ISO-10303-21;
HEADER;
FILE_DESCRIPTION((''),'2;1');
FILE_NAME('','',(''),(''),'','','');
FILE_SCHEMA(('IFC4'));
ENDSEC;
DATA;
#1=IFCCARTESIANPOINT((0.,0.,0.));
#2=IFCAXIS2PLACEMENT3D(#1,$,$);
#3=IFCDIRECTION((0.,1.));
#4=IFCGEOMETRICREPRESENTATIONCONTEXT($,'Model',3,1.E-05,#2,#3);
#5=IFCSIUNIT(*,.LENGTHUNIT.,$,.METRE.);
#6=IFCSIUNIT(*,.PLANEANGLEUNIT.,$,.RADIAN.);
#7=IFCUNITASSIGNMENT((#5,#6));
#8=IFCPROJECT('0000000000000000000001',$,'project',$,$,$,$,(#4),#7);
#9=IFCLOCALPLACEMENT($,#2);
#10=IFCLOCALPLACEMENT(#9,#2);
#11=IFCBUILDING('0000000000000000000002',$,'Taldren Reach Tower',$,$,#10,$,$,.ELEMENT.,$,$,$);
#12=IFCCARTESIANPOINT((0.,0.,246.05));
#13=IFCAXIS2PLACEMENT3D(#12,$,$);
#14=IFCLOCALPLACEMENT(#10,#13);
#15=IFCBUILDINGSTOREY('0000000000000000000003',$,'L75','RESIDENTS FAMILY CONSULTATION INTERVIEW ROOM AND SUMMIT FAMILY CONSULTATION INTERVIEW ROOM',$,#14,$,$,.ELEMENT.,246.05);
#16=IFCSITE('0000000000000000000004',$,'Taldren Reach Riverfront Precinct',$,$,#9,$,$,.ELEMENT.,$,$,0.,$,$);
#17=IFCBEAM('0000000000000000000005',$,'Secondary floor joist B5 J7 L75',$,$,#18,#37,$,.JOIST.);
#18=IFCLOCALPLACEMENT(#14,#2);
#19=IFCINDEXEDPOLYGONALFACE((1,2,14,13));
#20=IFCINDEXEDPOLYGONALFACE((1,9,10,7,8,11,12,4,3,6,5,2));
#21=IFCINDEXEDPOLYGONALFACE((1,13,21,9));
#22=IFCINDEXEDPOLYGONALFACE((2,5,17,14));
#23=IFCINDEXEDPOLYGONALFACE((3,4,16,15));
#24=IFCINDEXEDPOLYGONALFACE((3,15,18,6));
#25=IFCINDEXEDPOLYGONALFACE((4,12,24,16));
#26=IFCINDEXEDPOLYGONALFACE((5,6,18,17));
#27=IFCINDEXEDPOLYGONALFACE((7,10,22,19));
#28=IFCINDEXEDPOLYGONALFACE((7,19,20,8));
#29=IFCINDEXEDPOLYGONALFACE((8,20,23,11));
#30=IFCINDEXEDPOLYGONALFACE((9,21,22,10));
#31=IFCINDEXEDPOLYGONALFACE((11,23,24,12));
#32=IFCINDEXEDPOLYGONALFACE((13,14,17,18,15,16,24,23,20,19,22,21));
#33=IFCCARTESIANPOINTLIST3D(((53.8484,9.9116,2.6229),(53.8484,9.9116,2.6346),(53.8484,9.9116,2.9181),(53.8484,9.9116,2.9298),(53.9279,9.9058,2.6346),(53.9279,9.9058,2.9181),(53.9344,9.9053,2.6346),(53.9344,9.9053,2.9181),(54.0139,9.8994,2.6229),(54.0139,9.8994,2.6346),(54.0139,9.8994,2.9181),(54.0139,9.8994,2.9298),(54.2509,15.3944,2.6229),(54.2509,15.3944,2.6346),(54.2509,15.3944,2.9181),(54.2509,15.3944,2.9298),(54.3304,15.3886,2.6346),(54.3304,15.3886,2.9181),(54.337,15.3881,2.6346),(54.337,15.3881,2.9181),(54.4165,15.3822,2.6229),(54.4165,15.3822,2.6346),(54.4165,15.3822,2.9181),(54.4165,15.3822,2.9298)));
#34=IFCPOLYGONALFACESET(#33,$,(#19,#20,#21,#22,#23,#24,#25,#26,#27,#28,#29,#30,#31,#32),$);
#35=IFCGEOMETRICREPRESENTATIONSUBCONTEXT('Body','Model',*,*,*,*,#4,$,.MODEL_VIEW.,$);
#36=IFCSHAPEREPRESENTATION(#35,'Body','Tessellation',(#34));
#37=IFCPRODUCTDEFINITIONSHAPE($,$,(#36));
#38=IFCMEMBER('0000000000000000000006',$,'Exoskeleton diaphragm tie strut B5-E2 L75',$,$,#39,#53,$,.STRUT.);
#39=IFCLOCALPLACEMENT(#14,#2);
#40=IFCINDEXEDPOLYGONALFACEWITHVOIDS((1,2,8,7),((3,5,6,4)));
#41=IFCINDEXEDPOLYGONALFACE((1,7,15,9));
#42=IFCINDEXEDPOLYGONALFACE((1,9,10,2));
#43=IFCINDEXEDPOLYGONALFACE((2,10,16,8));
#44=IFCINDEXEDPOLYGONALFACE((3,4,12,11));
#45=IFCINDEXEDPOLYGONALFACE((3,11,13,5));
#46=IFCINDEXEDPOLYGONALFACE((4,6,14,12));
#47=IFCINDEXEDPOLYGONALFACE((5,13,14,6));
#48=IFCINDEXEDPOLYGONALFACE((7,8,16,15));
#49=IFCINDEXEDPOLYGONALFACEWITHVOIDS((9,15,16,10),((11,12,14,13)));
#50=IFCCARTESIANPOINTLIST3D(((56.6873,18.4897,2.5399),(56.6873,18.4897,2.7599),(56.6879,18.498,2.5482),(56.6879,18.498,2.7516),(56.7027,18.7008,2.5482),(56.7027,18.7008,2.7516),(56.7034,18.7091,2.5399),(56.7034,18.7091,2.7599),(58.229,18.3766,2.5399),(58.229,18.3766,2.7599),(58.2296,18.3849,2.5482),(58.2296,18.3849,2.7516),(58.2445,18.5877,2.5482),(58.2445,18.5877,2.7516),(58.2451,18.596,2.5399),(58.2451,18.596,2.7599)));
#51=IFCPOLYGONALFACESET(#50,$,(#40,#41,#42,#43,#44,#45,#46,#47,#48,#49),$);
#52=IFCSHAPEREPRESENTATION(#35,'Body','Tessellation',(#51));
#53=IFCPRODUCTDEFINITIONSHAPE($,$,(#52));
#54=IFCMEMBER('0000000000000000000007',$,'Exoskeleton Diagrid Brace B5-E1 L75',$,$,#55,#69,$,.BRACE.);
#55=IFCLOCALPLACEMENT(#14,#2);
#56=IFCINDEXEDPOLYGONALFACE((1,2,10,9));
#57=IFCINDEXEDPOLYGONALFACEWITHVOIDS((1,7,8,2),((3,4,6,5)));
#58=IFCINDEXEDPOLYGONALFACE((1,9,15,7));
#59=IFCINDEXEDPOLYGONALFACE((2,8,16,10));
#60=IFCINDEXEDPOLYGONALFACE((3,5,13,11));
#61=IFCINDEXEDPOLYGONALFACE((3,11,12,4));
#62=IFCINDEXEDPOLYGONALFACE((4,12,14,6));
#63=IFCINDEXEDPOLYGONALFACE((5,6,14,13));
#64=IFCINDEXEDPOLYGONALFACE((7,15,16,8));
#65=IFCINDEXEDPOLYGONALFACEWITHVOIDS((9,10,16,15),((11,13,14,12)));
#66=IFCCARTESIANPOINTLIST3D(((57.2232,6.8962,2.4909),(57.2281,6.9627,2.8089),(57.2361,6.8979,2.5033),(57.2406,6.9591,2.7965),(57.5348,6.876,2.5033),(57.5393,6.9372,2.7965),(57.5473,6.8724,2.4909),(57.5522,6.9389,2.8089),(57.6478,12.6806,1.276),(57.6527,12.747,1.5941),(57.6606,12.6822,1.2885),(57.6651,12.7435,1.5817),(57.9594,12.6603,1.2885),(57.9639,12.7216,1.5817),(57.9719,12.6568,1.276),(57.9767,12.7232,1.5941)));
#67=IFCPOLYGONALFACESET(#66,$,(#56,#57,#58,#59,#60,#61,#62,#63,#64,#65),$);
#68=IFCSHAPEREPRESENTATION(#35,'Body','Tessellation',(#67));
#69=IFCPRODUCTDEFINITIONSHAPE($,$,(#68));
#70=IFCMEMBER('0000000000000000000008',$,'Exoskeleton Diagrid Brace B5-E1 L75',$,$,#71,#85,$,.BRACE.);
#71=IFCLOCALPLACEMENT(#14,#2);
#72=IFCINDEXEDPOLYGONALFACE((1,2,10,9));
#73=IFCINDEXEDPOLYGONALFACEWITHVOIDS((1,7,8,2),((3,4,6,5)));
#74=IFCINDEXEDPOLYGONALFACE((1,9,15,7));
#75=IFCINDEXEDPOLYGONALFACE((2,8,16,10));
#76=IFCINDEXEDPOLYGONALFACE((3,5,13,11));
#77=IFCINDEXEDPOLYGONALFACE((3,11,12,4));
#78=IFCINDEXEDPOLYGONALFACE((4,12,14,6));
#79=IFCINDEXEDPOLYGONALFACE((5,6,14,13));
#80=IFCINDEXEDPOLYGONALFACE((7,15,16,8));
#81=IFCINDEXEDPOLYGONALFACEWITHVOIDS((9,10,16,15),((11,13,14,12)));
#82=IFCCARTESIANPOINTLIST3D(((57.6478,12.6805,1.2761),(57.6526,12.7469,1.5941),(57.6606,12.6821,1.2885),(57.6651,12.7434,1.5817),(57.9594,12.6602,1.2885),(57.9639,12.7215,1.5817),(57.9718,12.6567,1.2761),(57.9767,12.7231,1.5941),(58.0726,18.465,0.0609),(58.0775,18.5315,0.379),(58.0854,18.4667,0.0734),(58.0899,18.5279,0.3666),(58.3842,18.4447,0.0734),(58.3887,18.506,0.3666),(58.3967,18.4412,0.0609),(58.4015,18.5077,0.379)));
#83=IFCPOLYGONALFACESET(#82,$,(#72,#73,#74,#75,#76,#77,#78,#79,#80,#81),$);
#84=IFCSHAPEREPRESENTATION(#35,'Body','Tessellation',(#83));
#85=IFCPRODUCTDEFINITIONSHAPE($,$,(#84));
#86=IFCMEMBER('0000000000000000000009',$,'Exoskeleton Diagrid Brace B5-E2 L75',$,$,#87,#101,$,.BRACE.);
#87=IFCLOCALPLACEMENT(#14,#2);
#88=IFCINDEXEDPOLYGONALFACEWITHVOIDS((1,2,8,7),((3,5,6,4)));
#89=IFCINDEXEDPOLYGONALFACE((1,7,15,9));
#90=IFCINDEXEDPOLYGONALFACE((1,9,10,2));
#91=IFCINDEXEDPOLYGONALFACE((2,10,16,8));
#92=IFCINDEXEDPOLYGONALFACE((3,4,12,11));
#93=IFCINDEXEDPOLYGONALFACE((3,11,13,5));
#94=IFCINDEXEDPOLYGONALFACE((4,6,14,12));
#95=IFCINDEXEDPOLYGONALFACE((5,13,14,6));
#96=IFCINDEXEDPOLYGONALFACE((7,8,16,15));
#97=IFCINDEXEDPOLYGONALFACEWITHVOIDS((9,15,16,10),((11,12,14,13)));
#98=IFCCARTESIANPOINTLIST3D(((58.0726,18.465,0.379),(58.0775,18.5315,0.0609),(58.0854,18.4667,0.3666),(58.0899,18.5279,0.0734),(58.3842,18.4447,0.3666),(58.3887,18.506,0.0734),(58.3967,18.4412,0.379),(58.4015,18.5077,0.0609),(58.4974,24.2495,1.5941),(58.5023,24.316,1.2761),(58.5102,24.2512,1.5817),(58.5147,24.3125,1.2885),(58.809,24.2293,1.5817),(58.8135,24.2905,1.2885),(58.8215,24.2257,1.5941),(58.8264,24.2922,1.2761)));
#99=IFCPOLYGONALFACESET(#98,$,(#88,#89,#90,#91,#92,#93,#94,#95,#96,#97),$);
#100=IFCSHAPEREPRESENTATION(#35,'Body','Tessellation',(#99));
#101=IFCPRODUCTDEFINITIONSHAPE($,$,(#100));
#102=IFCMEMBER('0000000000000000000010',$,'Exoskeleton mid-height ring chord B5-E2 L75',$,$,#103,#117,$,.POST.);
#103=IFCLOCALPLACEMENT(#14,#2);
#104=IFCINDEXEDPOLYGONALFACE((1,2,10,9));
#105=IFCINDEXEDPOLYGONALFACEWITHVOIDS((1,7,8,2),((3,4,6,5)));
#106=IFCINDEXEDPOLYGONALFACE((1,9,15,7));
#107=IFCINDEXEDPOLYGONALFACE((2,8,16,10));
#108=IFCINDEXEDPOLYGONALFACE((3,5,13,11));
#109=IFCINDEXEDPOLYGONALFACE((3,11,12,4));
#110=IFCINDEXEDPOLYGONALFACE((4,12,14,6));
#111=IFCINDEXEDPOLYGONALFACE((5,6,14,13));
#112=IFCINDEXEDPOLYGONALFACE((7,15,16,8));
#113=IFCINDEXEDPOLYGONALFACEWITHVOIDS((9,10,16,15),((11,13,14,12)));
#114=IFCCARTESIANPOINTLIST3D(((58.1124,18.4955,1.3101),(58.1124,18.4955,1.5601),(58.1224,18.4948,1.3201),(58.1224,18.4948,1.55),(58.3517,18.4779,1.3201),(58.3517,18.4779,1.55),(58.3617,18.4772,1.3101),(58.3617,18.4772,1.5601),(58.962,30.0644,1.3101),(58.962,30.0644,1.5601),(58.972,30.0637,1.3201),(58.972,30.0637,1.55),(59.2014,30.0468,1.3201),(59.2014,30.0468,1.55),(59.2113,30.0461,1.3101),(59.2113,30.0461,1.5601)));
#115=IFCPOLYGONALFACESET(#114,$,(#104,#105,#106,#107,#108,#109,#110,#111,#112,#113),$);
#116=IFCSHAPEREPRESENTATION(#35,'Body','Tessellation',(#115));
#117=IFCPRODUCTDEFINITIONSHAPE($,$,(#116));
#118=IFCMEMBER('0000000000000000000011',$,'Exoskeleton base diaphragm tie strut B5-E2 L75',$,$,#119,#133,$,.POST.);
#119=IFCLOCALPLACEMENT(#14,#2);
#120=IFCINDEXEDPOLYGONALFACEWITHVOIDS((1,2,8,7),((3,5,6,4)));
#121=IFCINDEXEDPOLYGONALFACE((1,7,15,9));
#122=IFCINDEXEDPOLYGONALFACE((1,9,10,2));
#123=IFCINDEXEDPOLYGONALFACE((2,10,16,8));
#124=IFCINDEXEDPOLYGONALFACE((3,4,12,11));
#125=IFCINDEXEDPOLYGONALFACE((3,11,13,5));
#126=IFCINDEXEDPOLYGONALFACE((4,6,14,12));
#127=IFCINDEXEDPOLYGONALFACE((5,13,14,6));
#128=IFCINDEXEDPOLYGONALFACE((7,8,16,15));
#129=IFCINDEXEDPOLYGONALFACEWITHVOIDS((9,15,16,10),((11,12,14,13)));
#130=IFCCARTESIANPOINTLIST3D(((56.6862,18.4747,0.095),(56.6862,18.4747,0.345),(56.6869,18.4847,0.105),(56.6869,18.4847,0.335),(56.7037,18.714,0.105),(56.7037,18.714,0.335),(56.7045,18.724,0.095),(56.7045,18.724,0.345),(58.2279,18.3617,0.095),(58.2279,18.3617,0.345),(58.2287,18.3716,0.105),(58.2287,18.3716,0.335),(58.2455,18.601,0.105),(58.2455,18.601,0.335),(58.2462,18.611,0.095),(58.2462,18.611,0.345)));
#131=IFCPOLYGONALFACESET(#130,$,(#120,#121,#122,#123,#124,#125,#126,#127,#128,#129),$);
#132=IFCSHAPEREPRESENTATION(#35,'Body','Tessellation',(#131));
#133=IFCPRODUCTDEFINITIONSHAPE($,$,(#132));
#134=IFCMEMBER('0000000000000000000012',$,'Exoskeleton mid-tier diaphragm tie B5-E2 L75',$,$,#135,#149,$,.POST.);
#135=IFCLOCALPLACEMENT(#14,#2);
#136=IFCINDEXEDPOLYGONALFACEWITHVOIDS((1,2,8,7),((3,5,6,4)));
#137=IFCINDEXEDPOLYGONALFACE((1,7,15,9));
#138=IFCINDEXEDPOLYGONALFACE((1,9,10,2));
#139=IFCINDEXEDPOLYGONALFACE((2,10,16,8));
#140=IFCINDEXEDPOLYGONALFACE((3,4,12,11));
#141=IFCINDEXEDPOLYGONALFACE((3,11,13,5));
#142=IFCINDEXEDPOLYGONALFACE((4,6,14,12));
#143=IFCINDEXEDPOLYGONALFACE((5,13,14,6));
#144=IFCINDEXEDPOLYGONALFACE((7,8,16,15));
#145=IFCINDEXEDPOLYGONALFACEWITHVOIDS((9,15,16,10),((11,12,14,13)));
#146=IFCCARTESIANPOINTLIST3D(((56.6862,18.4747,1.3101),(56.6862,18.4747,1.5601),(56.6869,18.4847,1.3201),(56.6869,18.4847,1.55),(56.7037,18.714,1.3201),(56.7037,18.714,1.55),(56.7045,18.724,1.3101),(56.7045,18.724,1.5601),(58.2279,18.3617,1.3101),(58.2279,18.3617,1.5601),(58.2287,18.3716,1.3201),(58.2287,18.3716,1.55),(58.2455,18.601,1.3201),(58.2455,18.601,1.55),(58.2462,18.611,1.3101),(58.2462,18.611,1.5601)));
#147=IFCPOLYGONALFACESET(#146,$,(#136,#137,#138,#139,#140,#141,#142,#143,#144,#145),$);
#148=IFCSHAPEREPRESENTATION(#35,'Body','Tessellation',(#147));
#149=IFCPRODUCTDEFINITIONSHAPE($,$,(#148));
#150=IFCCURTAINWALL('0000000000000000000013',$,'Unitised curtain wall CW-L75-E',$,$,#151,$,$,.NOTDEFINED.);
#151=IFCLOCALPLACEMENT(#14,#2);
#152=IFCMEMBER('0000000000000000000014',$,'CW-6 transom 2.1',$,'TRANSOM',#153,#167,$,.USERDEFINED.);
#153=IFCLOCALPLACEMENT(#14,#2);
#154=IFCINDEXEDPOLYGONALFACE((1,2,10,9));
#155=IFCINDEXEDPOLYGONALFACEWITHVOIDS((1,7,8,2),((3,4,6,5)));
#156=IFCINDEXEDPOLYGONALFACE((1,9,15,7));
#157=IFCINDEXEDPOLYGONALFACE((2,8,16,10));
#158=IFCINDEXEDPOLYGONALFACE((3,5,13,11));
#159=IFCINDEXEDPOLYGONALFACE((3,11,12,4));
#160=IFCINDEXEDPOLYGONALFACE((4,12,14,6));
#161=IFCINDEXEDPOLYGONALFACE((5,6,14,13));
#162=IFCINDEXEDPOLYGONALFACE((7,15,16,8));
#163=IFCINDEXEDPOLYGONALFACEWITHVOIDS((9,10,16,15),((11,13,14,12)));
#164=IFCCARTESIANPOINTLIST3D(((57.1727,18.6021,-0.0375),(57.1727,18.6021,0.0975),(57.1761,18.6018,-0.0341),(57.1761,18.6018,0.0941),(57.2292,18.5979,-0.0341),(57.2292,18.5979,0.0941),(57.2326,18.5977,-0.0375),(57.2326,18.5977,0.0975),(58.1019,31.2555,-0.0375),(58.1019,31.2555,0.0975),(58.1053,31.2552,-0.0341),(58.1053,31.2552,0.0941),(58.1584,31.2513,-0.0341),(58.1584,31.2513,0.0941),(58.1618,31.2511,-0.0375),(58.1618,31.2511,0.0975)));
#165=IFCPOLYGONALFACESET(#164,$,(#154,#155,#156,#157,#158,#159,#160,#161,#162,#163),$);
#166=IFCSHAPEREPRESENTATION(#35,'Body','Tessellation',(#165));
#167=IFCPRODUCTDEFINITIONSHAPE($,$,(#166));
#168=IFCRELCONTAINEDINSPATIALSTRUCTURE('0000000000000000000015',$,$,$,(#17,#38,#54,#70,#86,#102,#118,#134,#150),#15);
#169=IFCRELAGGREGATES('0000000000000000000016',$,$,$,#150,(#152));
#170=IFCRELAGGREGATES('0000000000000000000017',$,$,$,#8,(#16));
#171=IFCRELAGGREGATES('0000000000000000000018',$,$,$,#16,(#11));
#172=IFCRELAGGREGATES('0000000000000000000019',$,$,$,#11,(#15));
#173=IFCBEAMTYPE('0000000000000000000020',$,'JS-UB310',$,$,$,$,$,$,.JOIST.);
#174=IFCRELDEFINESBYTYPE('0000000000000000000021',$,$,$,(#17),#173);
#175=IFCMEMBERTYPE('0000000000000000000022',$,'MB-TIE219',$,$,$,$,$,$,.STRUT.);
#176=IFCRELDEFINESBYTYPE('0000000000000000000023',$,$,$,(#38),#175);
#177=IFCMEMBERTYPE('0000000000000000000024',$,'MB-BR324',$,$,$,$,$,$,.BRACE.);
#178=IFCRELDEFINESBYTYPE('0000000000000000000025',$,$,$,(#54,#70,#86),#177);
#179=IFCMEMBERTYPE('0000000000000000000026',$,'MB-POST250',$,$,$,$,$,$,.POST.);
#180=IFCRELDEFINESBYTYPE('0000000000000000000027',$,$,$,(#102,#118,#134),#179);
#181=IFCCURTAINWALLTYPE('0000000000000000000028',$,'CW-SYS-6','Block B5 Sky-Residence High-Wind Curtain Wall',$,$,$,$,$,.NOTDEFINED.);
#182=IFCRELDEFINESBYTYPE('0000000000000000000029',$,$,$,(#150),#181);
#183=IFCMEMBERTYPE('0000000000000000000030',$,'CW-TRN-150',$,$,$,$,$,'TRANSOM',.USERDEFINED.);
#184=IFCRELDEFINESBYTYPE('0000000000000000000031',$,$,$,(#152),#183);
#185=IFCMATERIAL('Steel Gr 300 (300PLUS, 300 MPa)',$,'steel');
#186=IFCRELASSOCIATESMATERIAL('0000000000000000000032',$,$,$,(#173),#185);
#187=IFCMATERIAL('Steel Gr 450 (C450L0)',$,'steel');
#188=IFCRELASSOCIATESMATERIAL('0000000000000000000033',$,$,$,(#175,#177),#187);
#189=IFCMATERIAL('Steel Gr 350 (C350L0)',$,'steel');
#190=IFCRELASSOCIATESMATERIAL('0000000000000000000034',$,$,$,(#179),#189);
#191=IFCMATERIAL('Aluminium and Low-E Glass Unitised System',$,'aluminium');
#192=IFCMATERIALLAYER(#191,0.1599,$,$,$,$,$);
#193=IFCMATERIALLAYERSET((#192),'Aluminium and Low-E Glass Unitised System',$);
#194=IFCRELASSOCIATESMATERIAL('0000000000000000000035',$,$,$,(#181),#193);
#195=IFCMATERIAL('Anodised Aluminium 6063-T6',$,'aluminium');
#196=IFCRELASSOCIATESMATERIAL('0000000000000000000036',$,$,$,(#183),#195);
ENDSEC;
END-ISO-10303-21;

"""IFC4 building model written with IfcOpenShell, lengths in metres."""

from ifc_helpers import new_model, si_unit, direction, frame, origin, origin_2d, place, context, subcontext, project, spatial, hollow_rectangle, i_section, extrude, source, transform, mapped, material, layer, layer_set, material_profile, profile_set, type_object, element, aggregate, save


model = new_model("IFC4")

# Units and contexts
model_context = context("Model", 3, precision=1e-05, world=origin(), true_north=direction((0.0, 1.0)))
body_context = subcontext(model_context, "Body", "Model", "MODEL_VIEW")
ifc_project = project(units=[si_unit("LENGTHUNIT", "METRE"), si_unit("PLANEANGLEUNIT", "RADIAN")], contexts=[model_context])

# Site, building, storey
site_placement = place(None, origin())
site = spatial("IfcSite", under=ifc_project, at=site_placement, Name="Taldren Reach Riverfront Precinct", CompositionType="ELEMENT", RefElevation=0.0)
building_placement = place(site_placement, origin())
building = spatial("IfcBuilding", under=site, at=building_placement, Name="Taldren Reach Tower", CompositionType="ELEMENT")
storey_placement = place(building_placement, frame((0.0, 0.0, 246.05)))
storey = spatial("IfcBuildingStorey", under=building, at=storey_placement, Name="L75", Description="RESIDENTS FAMILY CONSULTATION INTERVIEW ROOM AND SUMMIT FAMILY CONSULTATION INTERVIEW ROOM", CompositionType="ELEMENT", Elevation=246.05)

# Shared definitions
ifc_material_1 = material(Name="Steel Gr 450 (C450L0)", Category="steel")

# Beam
ifc_material_2 = material(Name="Steel Gr 300 (300PLUS, 300 MPa)", Category="steel")
ifc_material_profile_1 = material_profile(ifc_material_2, i_section(OverallWidth=0.166, OverallDepth=0.3069, WebThickness=0.0066, FlangeThickness=0.0117, at=origin_2d()), Name="310UB46.2")
ifc_profile_set_1 = profile_set([ifc_material_profile_1], Name="Steel Gr 300 (300PLUS, 300 MPa)")
beam_type_1 = type_object("IfcBeamType", Name="JS-UB310", PredefinedType="JOIST", material=ifc_profile_set_1)
shared_shape_1 = source(origin(), body_context, "Body", "SweptSolid", [
    extrude(i_section(OverallWidth=0.166, OverallDepth=0.3069, WebThickness=0.0066, FlangeThickness=0.0117, at=origin_2d()), origin(), (0.0, 0.0, 1.0), 5.4976),
])
beam_1_placement = place(storey_placement, frame((53.9312, 9.9055, 2.7764), z_axis=(0.073229, 0.997315, 0.0), x_axis=(-0.997315, 0.073229, 0.0)))
element("IfcBeam", 1, at=beam_1_placement, inside=storey, type_object=beam_type_1, Name="Secondary floor joist B5 J7 L75", PredefinedType="JOIST", context=body_context, shape_type="MappedRepresentation", body=[
    mapped(shared_shape_1, transform((0.0, 0.0, 0.0), scale=1.0)),
])

# Members
ifc_material_profile_2 = material_profile(ifc_material_1, hollow_rectangle(XDim=0.22, YDim=0.22, WallThickness=0.0083, at=origin_2d()), Name="220x220x8.2SHS")
ifc_profile_set_2 = profile_set([ifc_material_profile_2], Name="Steel Gr 450 (C450L0)")
member_type_1 = type_object("IfcMemberType", Name="MB-TIE219", PredefinedType="STRUT", material=ifc_profile_set_2)
shared_shape_2 = source(origin(), body_context, "Body", "SweptSolid", [
    extrude(hollow_rectangle(XDim=0.22, YDim=0.22, WallThickness=0.0083, at=origin_2d()), origin(), (0.0, 0.0, 1.0), 1.5459),
])
member_1_placement = place(storey_placement, frame((56.6953, 18.5994, 2.6499), z_axis=(0.997323, -0.073121, 0.0), x_axis=(0.073121, 0.997323, 0.0)))
element("IfcMember", 2, at=member_1_placement, inside=storey, type_object=member_type_1, Name="Exoskeleton diaphragm tie strut B5-E2 L75", PredefinedType="STRUT", context=body_context, shape_type="MappedRepresentation", body=[
    mapped(shared_shape_2, transform((0.0, 0.0, 0.0), scale=1.0)),
])
ifc_material_profile_3 = material_profile(ifc_material_1, hollow_rectangle(XDim=0.325, YDim=0.325, WallThickness=0.0127, at=origin_2d()), Name="325x325x12.7SHS")
ifc_profile_set_3 = profile_set([ifc_material_profile_3], Name="Steel Gr 450 (C450L0)")
member_type_2 = type_object("IfcMemberType", Name="MB-BR324", PredefinedType="BRACE", material=ifc_profile_set_3)
shared_shape_3 = source(origin(), body_context, "Body", "SweptSolid", [
    extrude(hollow_rectangle(XDim=0.325, YDim=0.325, WallThickness=0.0127, at=origin_2d()), origin(), (0.0, 0.0, 1.0), 5.9258),
])
member_2_placement = place(storey_placement, frame((57.8123, 12.7019, 1.4351), z_axis=(-0.071646, -0.976135, 0.205008), x_axis=(0.997317, -0.0732, 0.0)))
element("IfcMember", 3, at=member_2_placement, inside=storey, type_object=member_type_2, Name="Exoskeleton Diagrid Brace B5-E1 L75", PredefinedType="BRACE", context=body_context, shape_type="MappedRepresentation", body=[
    mapped(shared_shape_3, transform((0.0, 0.0, 0.0), scale=1.0)),
])
shared_shape_4 = source(origin(), body_context, "Body", "SweptSolid", [
    extrude(hollow_rectangle(XDim=0.325, YDim=0.325, WallThickness=0.0127, at=origin_2d()), origin(), (0.0, 0.0, 1.0), 5.926),
])
for number, where, z_axis, x_axis, name in (
    (4, (58.2371, 18.4863, 0.22), (-0.071686, -0.976123, 0.205046), (0.997314, -0.073242, 0.0), "Exoskeleton Diagrid Brace B5-E1 L75"),
    (5, (58.2371, 18.4863, 0.22), (0.071686, 0.976123, 0.205046), (-0.997314, 0.073242, 0.0), "Exoskeleton Diagrid Brace B5-E2 L75"),
):
    element("IfcMember", number, at=place(storey_placement, frame(where, z_axis=z_axis, x_axis=x_axis)), inside=storey, type_object=member_type_2, Name=name, PredefinedType="BRACE", context=body_context, shape_type="MappedRepresentation", body=[
        mapped(shared_shape_4, transform((0.0, 0.0, 0.0), scale=1.0)),
    ])
ifc_material_3 = material(Name="Steel Gr 350 (C350L0)", Category="steel")
ifc_material_profile_4 = material_profile(ifc_material_3, hollow_rectangle(XDim=0.25, YDim=0.25, WallThickness=0.01, at=origin_2d()), Name="250x250x10.0SHS")
ifc_profile_set_4 = profile_set([ifc_material_profile_4], Name="Steel Gr 350 (C350L0)")
member_type_3 = type_object("IfcMemberType", Name="MB-POST250", PredefinedType="POST", material=ifc_profile_set_4)
shared_shape_5 = source(origin(), body_context, "Body", "SweptSolid", [
    extrude(hollow_rectangle(XDim=0.25, YDim=0.25, WallThickness=0.01, at=origin_2d()), origin(), (0.0, 0.0, 1.0), 11.6001),
])
member_3_placement = place(storey_placement, frame((58.2371, 18.4863, 1.4351), z_axis=(0.073242, 0.997314, 0.0), x_axis=(-0.997314, 0.073242, 0.0)))
element("IfcMember", 6, at=member_3_placement, inside=storey, type_object=member_type_3, Name="Exoskeleton mid-height ring chord B5-E2 L75", PredefinedType="POST", context=body_context, shape_type="MappedRepresentation", body=[
    mapped(shared_shape_5, transform((0.0, 0.0, 0.0), scale=1.0)),
])
shared_shape_6 = source(origin(), body_context, "Body", "SweptSolid", [
    extrude(hollow_rectangle(XDim=0.25, YDim=0.25, WallThickness=0.01, at=origin_2d()), origin(), (0.0, 0.0, 1.0), 1.5459),
])
for number, where, z_axis, x_axis, name in (
    (7, (56.6953, 18.5994, 0.22), (0.997323, -0.073121, 0.0), (0.073121, 0.997323, 0.0), "Exoskeleton base diaphragm tie strut B5-E2 L75"),
    (8, (56.6953, 18.5994, 1.4351), (0.997323, -0.073121, 0.0), (0.073121, 0.997323, 0.0), "Exoskeleton mid-tier diaphragm tie B5-E2 L75"),
):
    element("IfcMember", number, at=place(storey_placement, frame(where, z_axis=z_axis, x_axis=x_axis)), inside=storey, type_object=member_type_3, Name=name, PredefinedType="POST", context=body_context, shape_type="MappedRepresentation", body=[
        mapped(shared_shape_6, transform((0.0, 0.0, 0.0), scale=1.0)),
    ])

# Curtain wall, member
ifc_material_4 = material(Name="Aluminium and Low-E Glass Unitised System", Category="aluminium")
ifc_layer_1 = layer(ifc_material_4, 0.1599)
ifc_layer_set_1 = layer_set([ifc_layer_1], Name="Aluminium and Low-E Glass Unitised System")
curtain_wall_type = type_object("IfcCurtainWallType", Name="CW-SYS-6", Description="Block B5 Sky-Residence High-Wind Curtain Wall", PredefinedType="NOTDEFINED", material=ifc_layer_set_1)
curtain_wall_placement = place(storey_placement, origin())
curtain_wall = element("IfcCurtainWall", 9, at=curtain_wall_placement, inside=storey, type_object=curtain_wall_type, Name="Unitised curtain wall CW-L75-E", PredefinedType="NOTDEFINED")
ifc_material_5 = material(Name="Anodised Aluminium 6063-T6", Category="aluminium")
ifc_material_profile_5 = material_profile(ifc_material_5, hollow_rectangle(XDim=0.0601, YDim=0.135, WallThickness=0.0034, at=origin_2d()), Name="ALU-135x60x3.5RHS")
ifc_profile_set_5 = profile_set([ifc_material_profile_5], Name="Anodised Aluminium 6063-T6")
member_type_4 = type_object("IfcMemberType", Name="CW-TRN-150", ElementType="TRANSOM", PredefinedType="USERDEFINED", material=ifc_profile_set_5)
shared_shape_7 = source(origin(), body_context, "Body", "SweptSolid", [
    extrude(hollow_rectangle(XDim=0.0601, YDim=0.135, WallThickness=0.0034, at=origin_2d()), origin(), (0.0, 0.0, 1.0), 12.6875),
])
member_4_placement = place(storey_placement, frame((57.2026, 18.5999, 0.03), z_axis=(0.073238, 0.997314, 0.0), x_axis=(-0.997314, 0.073238, 0.0)))
member_4 = element("IfcMember", 10, at=member_4_placement, type_object=member_type_4, Name="CW-6 transom 2.1", ObjectType="TRANSOM", PredefinedType="USERDEFINED", context=body_context, shape_type="MappedRepresentation", body=[
    mapped(shared_shape_7, transform((0.0, 0.0, 0.0), scale=1.0)),
])

aggregate(curtain_wall, [member_4])

save(model, "model.ifc")
